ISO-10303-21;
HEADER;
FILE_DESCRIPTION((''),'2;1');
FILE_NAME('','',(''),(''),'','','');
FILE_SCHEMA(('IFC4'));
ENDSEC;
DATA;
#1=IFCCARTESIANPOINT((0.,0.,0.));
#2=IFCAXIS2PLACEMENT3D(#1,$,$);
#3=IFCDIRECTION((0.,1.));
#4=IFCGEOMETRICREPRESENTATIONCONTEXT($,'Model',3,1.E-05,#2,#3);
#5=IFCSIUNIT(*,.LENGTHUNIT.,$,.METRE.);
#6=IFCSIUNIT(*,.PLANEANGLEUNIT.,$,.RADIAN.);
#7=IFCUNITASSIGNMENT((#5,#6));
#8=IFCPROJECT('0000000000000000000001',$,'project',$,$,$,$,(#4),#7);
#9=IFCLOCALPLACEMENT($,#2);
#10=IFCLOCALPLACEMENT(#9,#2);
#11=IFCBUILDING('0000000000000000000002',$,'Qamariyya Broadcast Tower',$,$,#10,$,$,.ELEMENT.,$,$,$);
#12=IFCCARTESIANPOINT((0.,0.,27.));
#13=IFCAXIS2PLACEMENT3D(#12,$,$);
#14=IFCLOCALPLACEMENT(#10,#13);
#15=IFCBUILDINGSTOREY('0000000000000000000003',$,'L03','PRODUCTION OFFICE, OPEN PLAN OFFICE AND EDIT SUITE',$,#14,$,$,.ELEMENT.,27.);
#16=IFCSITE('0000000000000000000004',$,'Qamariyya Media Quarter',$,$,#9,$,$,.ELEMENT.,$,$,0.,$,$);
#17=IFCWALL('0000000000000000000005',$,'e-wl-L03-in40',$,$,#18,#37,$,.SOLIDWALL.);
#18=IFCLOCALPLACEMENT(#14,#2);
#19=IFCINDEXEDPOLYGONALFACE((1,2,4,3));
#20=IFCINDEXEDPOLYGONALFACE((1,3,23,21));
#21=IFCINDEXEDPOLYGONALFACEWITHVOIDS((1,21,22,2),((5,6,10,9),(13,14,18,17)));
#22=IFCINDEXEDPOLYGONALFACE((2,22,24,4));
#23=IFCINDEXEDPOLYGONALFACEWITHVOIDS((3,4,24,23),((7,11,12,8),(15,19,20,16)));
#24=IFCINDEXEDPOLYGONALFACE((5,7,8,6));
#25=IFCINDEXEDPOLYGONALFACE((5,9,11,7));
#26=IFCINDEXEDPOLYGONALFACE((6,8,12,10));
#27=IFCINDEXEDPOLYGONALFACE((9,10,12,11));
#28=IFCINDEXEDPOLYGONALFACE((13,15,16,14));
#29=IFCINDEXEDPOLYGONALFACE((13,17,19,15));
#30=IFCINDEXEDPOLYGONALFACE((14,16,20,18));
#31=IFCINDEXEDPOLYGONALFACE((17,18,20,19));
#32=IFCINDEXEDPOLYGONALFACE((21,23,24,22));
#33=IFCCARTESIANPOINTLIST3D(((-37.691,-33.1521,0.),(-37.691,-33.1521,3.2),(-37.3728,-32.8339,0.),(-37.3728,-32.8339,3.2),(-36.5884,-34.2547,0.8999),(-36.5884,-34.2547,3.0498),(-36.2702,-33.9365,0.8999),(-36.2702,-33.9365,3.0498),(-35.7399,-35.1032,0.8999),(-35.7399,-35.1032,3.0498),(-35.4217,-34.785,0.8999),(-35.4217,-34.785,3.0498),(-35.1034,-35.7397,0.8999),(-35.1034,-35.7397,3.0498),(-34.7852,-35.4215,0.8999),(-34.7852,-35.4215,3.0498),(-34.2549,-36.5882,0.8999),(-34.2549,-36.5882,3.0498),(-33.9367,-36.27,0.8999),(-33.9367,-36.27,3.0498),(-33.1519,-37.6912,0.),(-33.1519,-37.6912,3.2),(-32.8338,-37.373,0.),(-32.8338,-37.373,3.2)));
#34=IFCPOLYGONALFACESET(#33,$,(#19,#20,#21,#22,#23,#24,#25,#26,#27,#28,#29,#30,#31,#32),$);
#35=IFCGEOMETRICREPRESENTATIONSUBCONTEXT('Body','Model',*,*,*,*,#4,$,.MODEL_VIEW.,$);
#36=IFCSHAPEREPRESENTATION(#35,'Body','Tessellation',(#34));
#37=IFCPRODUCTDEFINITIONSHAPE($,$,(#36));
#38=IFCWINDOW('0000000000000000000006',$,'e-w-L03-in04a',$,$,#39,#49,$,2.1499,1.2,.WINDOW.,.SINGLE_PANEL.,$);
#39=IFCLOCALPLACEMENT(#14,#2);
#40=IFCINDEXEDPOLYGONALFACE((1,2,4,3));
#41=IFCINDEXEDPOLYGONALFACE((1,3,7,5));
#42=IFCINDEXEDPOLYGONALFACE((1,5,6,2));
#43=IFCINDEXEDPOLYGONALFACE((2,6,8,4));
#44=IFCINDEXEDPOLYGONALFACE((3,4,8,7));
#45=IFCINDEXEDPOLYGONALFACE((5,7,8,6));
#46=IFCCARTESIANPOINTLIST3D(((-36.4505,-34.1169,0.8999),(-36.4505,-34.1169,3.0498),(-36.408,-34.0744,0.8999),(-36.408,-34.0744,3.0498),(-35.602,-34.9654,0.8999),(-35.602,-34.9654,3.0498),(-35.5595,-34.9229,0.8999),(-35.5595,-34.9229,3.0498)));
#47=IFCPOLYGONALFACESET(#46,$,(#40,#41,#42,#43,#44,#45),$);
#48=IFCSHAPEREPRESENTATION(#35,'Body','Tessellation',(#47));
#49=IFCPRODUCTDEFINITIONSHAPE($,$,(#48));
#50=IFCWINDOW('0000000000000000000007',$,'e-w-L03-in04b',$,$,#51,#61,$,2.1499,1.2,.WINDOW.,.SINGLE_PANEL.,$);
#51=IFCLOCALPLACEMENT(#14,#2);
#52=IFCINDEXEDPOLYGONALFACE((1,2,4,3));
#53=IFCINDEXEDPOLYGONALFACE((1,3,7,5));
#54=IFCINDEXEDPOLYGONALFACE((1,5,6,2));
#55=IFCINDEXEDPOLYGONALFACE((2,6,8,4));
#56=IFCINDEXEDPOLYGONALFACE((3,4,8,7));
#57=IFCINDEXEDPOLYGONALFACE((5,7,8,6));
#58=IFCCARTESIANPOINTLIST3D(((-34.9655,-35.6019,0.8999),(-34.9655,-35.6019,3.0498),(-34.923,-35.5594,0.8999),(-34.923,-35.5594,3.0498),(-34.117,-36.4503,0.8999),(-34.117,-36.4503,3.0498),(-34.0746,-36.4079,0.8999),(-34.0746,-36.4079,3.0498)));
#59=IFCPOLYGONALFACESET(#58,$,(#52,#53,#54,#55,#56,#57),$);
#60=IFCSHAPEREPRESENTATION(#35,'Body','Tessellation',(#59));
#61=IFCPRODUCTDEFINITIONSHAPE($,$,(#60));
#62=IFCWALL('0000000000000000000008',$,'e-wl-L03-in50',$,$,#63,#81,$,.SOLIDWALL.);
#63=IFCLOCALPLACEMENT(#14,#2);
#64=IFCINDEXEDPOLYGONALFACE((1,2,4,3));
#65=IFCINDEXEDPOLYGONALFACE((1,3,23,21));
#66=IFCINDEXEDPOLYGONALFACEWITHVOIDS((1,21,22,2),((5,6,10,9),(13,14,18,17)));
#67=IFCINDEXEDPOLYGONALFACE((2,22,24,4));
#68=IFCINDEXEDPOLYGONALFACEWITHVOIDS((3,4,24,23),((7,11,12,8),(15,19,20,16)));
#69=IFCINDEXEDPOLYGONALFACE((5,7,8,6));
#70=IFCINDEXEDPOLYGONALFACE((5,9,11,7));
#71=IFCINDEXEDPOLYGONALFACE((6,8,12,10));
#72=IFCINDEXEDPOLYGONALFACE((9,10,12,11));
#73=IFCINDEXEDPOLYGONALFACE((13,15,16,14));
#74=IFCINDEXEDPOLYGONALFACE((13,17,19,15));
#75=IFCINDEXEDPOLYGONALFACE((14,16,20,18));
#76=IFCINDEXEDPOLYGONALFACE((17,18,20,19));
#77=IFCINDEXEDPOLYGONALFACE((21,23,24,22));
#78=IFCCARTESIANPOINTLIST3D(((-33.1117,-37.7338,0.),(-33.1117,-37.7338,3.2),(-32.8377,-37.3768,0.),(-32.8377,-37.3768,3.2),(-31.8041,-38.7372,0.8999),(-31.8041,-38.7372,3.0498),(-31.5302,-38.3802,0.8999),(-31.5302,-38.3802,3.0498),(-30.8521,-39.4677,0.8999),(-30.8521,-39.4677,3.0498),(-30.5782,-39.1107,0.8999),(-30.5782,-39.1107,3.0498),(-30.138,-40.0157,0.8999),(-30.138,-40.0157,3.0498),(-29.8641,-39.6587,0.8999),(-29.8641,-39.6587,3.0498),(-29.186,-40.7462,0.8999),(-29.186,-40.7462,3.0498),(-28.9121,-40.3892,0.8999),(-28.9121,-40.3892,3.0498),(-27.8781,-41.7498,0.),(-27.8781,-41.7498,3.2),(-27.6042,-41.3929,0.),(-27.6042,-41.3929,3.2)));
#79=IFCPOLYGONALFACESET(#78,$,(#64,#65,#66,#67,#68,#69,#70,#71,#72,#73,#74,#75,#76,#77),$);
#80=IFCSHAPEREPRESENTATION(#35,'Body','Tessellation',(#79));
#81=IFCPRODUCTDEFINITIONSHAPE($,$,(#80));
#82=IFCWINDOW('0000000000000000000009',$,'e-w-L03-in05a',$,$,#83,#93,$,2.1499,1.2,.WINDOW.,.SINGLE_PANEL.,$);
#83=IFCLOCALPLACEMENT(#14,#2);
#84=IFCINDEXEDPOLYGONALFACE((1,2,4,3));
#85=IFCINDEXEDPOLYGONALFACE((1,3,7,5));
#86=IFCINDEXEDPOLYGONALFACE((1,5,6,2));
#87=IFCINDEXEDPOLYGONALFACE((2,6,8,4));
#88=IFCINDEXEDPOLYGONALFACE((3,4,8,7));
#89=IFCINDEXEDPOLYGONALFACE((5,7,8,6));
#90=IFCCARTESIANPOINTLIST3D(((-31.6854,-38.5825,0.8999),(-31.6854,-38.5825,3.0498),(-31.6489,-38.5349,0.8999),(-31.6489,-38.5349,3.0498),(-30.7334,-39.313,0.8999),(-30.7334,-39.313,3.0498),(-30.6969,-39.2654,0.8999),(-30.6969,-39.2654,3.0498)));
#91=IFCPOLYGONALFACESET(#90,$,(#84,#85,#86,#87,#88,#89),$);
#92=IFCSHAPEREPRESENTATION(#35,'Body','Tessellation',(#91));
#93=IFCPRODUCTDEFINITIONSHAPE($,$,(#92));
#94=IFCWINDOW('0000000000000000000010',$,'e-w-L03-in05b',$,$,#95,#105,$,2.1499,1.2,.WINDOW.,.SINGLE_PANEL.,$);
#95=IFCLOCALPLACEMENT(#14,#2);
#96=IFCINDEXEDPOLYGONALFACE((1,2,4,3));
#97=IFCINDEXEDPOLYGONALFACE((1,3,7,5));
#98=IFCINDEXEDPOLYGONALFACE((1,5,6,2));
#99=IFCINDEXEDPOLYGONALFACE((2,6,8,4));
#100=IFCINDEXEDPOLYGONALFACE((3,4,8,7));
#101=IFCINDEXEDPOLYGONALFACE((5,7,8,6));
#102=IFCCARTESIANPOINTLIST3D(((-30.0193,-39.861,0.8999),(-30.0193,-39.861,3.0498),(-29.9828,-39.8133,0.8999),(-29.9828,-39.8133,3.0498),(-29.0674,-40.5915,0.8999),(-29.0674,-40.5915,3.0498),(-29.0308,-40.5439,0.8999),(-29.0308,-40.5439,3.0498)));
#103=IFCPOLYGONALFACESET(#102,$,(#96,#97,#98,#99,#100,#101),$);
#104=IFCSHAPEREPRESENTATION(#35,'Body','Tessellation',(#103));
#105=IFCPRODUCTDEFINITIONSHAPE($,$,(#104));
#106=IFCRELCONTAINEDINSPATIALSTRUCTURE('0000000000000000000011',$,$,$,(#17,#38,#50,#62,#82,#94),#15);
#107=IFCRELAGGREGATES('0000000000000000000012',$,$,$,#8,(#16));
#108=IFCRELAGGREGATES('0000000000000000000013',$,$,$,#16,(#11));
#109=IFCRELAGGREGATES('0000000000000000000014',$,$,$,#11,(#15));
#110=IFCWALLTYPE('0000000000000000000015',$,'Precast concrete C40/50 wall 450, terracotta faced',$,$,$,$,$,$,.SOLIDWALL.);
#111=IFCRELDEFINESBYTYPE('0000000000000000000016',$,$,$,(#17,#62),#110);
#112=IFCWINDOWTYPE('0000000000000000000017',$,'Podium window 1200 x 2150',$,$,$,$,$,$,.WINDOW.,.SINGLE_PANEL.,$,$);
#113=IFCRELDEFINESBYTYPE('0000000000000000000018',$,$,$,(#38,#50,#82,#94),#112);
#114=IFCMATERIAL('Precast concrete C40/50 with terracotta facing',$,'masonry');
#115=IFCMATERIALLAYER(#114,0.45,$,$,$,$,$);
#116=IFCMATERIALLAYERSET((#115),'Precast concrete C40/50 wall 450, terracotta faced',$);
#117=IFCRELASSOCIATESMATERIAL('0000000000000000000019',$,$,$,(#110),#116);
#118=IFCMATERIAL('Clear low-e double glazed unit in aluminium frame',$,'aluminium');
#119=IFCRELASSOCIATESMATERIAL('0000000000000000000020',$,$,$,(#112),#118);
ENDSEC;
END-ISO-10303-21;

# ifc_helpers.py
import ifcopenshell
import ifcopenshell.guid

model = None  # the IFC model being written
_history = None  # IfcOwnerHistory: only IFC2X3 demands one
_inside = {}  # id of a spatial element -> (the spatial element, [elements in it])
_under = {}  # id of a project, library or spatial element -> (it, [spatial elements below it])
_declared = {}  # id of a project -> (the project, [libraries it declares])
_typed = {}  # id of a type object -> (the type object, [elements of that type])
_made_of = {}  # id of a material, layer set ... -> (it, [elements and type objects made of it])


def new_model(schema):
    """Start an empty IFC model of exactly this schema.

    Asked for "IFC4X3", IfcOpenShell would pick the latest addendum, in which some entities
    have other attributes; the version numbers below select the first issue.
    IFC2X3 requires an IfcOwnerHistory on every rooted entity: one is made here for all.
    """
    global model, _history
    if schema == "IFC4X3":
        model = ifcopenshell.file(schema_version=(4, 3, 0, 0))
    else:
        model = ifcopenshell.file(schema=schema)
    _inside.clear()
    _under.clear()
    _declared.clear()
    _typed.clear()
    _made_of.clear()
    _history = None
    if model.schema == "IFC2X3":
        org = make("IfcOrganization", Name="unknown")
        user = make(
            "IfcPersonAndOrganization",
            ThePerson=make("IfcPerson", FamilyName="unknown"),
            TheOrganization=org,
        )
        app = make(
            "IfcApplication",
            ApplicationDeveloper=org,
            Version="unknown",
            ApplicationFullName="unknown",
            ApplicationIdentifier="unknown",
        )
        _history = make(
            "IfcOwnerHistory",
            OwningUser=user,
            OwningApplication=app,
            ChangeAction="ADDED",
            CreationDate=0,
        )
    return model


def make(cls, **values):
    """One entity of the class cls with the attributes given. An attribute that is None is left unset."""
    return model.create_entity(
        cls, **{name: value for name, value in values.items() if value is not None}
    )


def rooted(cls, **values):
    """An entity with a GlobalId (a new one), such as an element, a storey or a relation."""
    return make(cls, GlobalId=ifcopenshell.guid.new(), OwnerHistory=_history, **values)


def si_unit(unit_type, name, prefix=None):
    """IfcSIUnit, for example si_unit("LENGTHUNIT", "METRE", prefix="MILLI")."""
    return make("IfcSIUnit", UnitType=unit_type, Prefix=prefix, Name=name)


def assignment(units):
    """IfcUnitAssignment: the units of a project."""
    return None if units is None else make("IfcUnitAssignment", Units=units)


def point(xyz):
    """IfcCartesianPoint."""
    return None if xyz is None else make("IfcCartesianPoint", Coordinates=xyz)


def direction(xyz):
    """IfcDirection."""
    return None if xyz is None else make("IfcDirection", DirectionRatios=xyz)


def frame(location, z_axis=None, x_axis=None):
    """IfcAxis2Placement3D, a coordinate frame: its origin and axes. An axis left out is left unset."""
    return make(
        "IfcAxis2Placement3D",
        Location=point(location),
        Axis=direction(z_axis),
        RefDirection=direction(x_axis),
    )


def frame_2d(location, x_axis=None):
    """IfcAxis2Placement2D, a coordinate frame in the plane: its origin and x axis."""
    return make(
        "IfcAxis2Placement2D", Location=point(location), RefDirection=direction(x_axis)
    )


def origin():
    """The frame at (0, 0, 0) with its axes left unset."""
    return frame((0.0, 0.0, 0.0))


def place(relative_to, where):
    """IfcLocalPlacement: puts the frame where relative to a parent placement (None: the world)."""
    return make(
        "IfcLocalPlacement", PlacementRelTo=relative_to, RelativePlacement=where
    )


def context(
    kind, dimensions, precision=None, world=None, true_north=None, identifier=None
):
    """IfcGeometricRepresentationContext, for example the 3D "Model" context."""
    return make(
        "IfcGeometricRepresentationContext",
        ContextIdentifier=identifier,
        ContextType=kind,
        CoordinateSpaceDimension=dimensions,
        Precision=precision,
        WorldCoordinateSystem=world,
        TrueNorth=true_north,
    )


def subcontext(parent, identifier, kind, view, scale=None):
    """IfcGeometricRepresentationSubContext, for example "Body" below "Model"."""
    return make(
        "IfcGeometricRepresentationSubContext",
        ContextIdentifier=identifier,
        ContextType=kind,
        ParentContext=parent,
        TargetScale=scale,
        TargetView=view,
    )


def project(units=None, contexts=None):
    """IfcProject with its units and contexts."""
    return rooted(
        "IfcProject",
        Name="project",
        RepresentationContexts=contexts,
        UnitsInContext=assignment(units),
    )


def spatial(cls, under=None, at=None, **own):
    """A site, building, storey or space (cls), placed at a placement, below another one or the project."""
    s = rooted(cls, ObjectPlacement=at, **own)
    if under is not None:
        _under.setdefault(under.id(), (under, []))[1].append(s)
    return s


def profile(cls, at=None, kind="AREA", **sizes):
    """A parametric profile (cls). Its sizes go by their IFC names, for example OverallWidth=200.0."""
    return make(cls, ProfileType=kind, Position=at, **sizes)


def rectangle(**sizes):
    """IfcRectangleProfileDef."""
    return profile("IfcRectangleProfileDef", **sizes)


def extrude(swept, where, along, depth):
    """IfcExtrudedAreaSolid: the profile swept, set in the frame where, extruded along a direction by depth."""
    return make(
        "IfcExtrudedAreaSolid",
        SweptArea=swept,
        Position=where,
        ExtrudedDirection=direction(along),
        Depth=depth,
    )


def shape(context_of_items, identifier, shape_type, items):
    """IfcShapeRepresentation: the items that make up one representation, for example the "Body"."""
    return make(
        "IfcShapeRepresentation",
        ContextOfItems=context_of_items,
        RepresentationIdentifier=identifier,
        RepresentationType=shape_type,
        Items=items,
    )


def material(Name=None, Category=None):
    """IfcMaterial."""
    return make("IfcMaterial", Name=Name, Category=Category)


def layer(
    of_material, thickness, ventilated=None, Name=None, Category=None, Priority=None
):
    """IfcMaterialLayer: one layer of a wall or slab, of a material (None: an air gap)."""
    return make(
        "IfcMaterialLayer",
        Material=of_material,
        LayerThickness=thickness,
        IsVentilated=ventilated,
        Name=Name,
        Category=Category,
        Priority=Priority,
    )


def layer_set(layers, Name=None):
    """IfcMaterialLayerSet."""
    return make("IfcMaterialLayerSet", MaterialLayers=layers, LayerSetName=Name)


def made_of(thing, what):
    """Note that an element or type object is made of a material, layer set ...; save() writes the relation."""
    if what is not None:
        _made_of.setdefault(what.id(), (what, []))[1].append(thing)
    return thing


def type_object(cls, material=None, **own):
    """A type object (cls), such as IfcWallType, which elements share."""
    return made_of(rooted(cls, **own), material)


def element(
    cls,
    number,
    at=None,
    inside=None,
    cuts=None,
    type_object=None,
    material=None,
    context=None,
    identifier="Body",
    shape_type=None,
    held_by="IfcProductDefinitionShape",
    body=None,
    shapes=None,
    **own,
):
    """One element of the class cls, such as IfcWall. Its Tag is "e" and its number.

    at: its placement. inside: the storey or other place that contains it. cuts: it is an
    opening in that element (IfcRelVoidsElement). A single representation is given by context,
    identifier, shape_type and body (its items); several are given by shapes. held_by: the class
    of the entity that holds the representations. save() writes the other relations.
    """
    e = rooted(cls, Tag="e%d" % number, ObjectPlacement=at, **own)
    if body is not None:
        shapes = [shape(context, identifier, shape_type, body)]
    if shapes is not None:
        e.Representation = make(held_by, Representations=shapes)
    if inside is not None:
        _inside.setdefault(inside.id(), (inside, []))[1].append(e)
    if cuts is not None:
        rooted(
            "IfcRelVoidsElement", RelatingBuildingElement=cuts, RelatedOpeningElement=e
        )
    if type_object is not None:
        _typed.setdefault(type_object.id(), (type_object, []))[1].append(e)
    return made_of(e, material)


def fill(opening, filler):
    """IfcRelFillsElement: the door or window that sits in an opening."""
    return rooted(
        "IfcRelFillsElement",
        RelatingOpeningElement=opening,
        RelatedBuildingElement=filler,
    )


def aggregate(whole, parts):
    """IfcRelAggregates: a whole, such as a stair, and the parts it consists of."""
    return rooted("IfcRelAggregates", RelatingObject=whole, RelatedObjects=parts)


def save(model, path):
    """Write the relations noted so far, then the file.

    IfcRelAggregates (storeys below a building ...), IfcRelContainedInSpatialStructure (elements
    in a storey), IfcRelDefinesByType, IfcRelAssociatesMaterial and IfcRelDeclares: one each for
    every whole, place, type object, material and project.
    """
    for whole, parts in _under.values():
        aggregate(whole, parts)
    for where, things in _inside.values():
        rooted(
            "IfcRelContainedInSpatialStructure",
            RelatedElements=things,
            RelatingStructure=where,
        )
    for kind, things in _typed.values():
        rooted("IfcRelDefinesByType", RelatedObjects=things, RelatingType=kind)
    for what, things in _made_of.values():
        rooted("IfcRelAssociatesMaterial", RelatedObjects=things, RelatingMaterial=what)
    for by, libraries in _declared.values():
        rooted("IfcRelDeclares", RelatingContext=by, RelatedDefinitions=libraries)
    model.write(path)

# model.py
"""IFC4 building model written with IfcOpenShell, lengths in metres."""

from ifc_helpers import new_model, si_unit, direction, frame, frame_2d, origin, place, context, subcontext, project, spatial, rectangle, extrude, material, layer, layer_set, type_object, element, fill, save


model = new_model("IFC4")

# Units and contexts
model_context = context("Model", 3, precision=1e-05, world=origin(), true_north=direction((0.0, 1.0)))
body_context = subcontext(model_context, "Body", "Model", "MODEL_VIEW")
ifc_project = project(units=[si_unit("LENGTHUNIT", "METRE"), si_unit("PLANEANGLEUNIT", "RADIAN")], contexts=[model_context])

# Site, building, storey
site_placement = place(None, origin())
site = spatial("IfcSite", under=ifc_project, at=site_placement, Name="Qamariyya Media Quarter", CompositionType="ELEMENT", RefElevation=0.0)
building_placement = place(site_placement, origin())
building = spatial("IfcBuilding", under=site, at=building_placement, Name="Qamariyya Broadcast Tower", CompositionType="ELEMENT")
storey_placement = place(building_placement, frame((0.0, 0.0, 27.0)))
storey = spatial("IfcBuildingStorey", under=building, at=storey_placement, Name="L03", Description="PRODUCTION OFFICE, OPEN PLAN OFFICE AND EDIT SUITE", CompositionType="ELEMENT", Elevation=27.0)

# Walls, openings, windows
ifc_material_1 = material(Name="Precast concrete C40/50 with terracotta facing", Category="masonry")
ifc_layer_1 = layer(ifc_material_1, 0.45)
ifc_layer_set_1 = layer_set([ifc_layer_1], Name="Precast concrete C40/50 wall 450, terracotta faced")
wall_type_1 = type_object("IfcWallType", Name="Precast concrete C40/50 wall 450, terracotta faced", PredefinedType="SOLIDWALL", material=ifc_layer_set_1)
wall_1_placement = place(storey_placement, frame((-32.9929, -37.532, 0.0), z_axis=(0.0, 0.0, 1.0), x_axis=(-0.707107, 0.707107, 0.0)))
wall_1 = element("IfcWall", 1, at=wall_1_placement, inside=storey, type_object=wall_type_1, Name="e-wl-L03-in40", PredefinedType="SOLIDWALL", context=body_context, shape_type="SweptSolid", body=[
    extrude(rectangle(XDim=6.4192, YDim=0.45, at=frame_2d((3.2095, 0.0))), origin(), (0.0, 0.0, 1.0), 3.2),
])
opening_1_placement = place(wall_1_placement, frame((3.6597, 0.0, 0.8999)))
opening_1 = element("IfcOpeningElement", 2, at=opening_1_placement, cuts=wall_1, PredefinedType="OPENING", context=body_context, shape_type="SweptSolid", body=[
    extrude(rectangle(XDim=1.2, YDim=2.1499, at=frame_2d((0.6001, 1.075))), frame((0.0, 0.2349, 0.0), z_axis=(0.0, -1.0, 0.0), x_axis=(1.0, 0.0, 0.0)), (0.0, 0.0, 1.0), 0.47),
])
opening_2_placement = place(wall_1_placement, frame((1.5596, 0.0, 0.8999)))
opening_2 = element("IfcOpeningElement", 3, at=opening_2_placement, cuts=wall_1, PredefinedType="OPENING", context=body_context, shape_type="SweptSolid", body=[
    extrude(rectangle(XDim=1.2, YDim=2.1499, at=frame_2d((0.6001, 1.075))), frame((0.0, 0.2349, 0.0), z_axis=(0.0, -1.0, 0.0), x_axis=(1.0, 0.0, 0.0)), (0.0, 0.0, 1.0), 0.47),
])
ifc_material_2 = material(Name="Clear low-e double glazed unit in aluminium frame", Category="aluminium")
window_type = type_object("IfcWindowType", Name="Podium window 1200 x 2150", PartitioningType="SINGLE_PANEL", PredefinedType="WINDOW", material=ifc_material_2)
window_1_placement = place(opening_1_placement, origin())
window_1 = element("IfcWindow", 4, at=window_1_placement, inside=storey, type_object=window_type, Name="e-w-L03-in04a", OverallHeight=2.1499, OverallWidth=1.2, PartitioningType="SINGLE_PANEL", PredefinedType="WINDOW", context=body_context, shape_type="SweptSolid", body=[
    extrude(rectangle(XDim=1.2, YDim=2.1499, at=frame_2d((0.6001, 1.075))), frame((0.0, 0.03, 0.0), z_axis=(0.0, -1.0, 0.0), x_axis=(1.0, 0.0, 0.0)), (0.0, 0.0, 1.0), 0.0601),
])
fill(opening_1, window_1)
window_2_placement = place(opening_2_placement, origin())
window_2 = element("IfcWindow", 5, at=window_2_placement, inside=storey, type_object=window_type, Name="e-w-L03-in04b", OverallHeight=2.1499, OverallWidth=1.2, PartitioningType="SINGLE_PANEL", PredefinedType="WINDOW", context=body_context, shape_type="SweptSolid", body=[
    extrude(rectangle(XDim=1.2, YDim=2.1499, at=frame_2d((0.6001, 1.075))), frame((0.0, 0.03, 0.0), z_axis=(0.0, -1.0, 0.0), x_axis=(1.0, 0.0, 0.0)), (0.0, 0.0, 1.0), 0.0601),
])
fill(opening_2, window_2)
wall_2_placement = place(storey_placement, frame((-27.7412, -41.5713, 0.0), z_axis=(0.0, 0.0, 1.0), x_axis=(-0.793339, 0.60878, 0.0)))
wall_2 = element("IfcWall", 6, at=wall_2_placement, inside=storey, type_object=wall_type_1, Name="e-wl-L03-in50", PredefinedType="SOLIDWALL", context=body_context, shape_type="SweptSolid", body=[
    extrude(rectangle(XDim=6.5969, YDim=0.45, at=frame_2d((3.2983, 0.0))), origin(), (0.0, 0.0, 1.0), 3.2),
])
opening_3_placement = place(wall_2_placement, frame((3.7485, 0.0, 0.8999)))
opening_3 = element("IfcOpeningElement", 7, at=opening_3_placement, cuts=wall_2, PredefinedType="OPENING", context=body_context, shape_type="SweptSolid", body=[
    extrude(rectangle(XDim=1.2, YDim=2.1499, at=frame_2d((0.6001, 1.075))), frame((0.0, 0.2349, 0.0), z_axis=(0.0, -1.0, 0.0), x_axis=(1.0, 0.0, 0.0)), (0.0, 0.0, 1.0), 0.47),
])
opening_4_placement = place(wall_2_placement, frame((1.6484, 0.0, 0.8999)))
opening_4 = element("IfcOpeningElement", 8, at=opening_4_placement, cuts=wall_2, PredefinedType="OPENING", context=body_context, shape_type="SweptSolid", body=[
    extrude(rectangle(XDim=1.2, YDim=2.1499, at=frame_2d((0.6001, 1.075))), frame((0.0, 0.2349, 0.0), z_axis=(0.0, -1.0, 0.0), x_axis=(1.0, 0.0, 0.0)), (0.0, 0.0, 1.0), 0.47),
])
window_3_placement = place(opening_3_placement, origin())
window_3 = element("IfcWindow", 9, at=window_3_placement, inside=storey, type_object=window_type, Name="e-w-L03-in05a", OverallHeight=2.1499, OverallWidth=1.2, PartitioningType="SINGLE_PANEL", PredefinedType="WINDOW", context=body_context, shape_type="SweptSolid", body=[
    extrude(rectangle(XDim=1.2, YDim=2.1499, at=frame_2d((0.6001, 1.075))), frame((0.0, 0.03, 0.0), z_axis=(0.0, -1.0, 0.0), x_axis=(1.0, 0.0, 0.0)), (0.0, 0.0, 1.0), 0.0601),
])
fill(opening_3, window_3)
window_4_placement = place(opening_4_placement, origin())
window_4 = element("IfcWindow", 10, at=window_4_placement, inside=storey, type_object=window_type, Name="e-w-L03-in05b", OverallHeight=2.1499, OverallWidth=1.2, PartitioningType="SINGLE_PANEL", PredefinedType="WINDOW", context=body_context, shape_type="SweptSolid", body=[
    extrude(rectangle(XDim=1.2, YDim=2.1499, at=frame_2d((0.6001, 1.075))), frame((0.0, 0.03, 0.0), z_axis=(0.0, -1.0, 0.0), x_axis=(1.0, 0.0, 0.0)), (0.0, 0.0, 1.0), 0.0601),
])
fill(opening_4, window_4)

save(model, "model.ifc")
